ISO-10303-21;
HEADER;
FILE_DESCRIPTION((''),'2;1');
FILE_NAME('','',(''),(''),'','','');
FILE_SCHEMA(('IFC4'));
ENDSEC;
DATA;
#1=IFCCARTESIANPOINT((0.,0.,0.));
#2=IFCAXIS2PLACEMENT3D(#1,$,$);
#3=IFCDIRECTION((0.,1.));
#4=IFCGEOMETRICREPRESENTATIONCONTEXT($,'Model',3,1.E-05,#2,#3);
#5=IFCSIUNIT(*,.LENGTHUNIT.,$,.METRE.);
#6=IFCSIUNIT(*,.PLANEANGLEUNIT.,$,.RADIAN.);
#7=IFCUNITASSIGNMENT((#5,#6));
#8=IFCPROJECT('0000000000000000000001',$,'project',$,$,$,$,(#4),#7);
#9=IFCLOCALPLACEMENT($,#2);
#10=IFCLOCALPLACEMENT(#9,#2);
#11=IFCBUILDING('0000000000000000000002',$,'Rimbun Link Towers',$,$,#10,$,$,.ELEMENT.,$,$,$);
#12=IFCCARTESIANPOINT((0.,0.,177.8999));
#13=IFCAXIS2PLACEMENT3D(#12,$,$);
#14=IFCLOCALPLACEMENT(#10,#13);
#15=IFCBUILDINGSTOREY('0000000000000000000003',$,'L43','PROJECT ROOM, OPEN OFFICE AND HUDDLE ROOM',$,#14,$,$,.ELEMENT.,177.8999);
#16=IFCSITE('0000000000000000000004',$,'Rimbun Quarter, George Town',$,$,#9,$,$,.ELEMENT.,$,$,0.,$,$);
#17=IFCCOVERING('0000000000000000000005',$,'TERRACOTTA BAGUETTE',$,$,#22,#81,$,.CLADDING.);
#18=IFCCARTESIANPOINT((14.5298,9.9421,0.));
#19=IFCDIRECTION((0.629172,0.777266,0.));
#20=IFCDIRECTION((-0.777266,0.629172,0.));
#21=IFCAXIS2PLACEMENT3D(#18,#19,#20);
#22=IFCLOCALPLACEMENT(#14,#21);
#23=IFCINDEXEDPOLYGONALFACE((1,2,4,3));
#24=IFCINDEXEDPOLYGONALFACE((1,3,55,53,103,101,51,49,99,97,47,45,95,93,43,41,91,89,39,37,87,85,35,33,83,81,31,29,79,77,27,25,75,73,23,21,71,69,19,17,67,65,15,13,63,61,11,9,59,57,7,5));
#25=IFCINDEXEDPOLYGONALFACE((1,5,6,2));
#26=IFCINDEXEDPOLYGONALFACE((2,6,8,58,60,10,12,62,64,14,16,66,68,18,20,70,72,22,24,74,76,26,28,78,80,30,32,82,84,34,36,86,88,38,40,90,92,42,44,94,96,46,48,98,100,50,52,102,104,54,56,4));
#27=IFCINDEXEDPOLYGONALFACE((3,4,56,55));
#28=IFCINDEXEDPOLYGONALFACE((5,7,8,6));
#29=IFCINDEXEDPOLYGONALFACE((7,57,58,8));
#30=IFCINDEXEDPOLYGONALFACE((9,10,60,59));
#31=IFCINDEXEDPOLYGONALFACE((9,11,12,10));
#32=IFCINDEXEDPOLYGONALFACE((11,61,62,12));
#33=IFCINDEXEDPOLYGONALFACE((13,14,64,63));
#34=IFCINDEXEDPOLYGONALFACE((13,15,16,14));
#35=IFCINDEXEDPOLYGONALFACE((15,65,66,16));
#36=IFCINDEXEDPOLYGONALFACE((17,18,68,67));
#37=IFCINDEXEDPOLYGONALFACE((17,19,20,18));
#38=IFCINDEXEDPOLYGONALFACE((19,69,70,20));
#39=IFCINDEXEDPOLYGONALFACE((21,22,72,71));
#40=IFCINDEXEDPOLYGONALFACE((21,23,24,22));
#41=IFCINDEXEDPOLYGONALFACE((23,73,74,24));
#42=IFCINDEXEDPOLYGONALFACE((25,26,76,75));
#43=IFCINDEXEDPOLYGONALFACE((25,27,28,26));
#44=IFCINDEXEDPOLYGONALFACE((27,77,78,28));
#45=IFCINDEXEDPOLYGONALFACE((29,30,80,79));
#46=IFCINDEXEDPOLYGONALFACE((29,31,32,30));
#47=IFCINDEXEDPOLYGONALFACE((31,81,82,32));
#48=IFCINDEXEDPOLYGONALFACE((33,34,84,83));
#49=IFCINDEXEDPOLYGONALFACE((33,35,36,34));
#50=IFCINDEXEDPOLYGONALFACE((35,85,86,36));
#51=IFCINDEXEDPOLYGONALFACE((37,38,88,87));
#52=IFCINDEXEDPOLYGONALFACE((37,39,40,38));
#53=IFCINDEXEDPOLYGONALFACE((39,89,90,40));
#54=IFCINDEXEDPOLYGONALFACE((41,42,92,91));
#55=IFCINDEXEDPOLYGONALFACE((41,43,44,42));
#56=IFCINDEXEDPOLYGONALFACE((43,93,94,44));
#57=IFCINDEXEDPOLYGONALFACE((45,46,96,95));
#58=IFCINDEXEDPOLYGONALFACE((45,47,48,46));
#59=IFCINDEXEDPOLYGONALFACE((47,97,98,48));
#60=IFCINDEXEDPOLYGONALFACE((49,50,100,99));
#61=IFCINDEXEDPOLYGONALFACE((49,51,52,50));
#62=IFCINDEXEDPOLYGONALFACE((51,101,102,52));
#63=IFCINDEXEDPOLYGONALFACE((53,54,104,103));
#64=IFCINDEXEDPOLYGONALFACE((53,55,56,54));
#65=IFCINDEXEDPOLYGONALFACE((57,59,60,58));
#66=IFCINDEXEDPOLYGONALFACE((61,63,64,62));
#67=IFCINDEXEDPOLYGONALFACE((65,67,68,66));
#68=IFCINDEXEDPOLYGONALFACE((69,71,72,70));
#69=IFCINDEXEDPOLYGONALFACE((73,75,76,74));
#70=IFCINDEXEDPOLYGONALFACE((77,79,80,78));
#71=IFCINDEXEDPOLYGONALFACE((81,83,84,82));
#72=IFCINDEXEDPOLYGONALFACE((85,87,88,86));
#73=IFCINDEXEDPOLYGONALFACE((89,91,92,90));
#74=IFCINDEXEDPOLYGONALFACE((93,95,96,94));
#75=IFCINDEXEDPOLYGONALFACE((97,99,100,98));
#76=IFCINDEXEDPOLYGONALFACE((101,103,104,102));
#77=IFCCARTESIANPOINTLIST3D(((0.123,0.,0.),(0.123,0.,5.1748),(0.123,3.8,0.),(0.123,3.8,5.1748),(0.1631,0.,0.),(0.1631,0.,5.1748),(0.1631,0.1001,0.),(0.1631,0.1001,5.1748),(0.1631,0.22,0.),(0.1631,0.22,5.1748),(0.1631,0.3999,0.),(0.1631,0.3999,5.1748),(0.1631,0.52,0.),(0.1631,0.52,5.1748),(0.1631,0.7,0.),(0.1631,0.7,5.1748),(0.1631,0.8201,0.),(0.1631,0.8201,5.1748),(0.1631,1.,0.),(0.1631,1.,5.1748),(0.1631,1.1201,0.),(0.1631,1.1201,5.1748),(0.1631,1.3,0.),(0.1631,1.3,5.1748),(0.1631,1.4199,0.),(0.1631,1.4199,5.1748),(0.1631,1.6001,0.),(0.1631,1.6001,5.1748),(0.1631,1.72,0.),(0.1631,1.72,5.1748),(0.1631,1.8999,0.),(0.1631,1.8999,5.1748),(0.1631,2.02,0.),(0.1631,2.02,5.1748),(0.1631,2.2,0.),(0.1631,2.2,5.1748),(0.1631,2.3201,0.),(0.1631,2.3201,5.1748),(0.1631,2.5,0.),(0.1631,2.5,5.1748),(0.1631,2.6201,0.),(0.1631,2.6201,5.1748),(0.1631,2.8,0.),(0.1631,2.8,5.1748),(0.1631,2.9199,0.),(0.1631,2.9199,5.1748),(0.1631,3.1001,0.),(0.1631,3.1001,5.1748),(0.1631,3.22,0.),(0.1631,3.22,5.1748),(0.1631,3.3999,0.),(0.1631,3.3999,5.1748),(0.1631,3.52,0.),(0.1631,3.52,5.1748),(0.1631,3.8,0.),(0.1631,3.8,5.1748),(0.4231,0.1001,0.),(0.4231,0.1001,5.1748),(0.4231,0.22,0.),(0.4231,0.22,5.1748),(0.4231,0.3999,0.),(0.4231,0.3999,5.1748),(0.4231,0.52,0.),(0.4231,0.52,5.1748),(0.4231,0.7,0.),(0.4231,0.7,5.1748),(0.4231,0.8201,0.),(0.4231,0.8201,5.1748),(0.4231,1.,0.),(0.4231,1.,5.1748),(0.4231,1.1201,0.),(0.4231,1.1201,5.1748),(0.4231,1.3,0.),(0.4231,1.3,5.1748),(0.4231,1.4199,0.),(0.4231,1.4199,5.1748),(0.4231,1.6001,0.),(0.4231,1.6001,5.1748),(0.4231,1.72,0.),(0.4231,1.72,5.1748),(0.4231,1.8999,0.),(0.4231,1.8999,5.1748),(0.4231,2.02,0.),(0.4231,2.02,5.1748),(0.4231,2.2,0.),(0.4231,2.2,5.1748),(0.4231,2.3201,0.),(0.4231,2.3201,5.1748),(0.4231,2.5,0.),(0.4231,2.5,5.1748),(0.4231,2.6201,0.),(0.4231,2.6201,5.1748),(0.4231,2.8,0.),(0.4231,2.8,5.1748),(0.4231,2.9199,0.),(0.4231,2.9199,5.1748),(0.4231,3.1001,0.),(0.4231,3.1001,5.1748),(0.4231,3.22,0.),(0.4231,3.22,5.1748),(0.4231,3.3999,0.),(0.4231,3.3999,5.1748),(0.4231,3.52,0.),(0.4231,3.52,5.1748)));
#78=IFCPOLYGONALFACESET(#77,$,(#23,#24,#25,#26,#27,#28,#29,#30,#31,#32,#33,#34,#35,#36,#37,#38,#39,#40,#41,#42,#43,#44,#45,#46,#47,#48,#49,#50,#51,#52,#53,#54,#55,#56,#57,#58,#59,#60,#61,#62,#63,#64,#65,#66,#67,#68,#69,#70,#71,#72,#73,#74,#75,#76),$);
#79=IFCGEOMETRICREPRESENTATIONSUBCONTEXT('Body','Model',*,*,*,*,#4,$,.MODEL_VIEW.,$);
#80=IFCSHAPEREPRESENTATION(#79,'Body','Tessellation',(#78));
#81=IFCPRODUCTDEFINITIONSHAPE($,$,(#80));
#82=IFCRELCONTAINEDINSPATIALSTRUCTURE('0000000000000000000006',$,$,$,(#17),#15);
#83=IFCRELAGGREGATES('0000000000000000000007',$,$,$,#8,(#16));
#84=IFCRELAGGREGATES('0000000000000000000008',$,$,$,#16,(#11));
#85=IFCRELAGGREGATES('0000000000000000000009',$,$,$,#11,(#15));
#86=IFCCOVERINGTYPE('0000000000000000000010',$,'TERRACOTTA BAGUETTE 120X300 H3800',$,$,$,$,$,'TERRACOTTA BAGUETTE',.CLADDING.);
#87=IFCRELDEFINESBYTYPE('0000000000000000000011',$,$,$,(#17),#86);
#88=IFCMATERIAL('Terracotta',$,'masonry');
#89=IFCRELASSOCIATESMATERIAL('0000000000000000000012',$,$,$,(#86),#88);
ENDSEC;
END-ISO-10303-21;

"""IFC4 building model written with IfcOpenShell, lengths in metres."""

from ifc_helpers import new_model, si_unit, direction, frame, origin, place, context, subcontext, project, spatial, polyline, outline, extrude, material, material_profile, profile_set, type_object, element, save


model = new_model("IFC4")

# Units and contexts
model_context = context("Model", 3, precision=1e-05, world=origin(), true_north=direction((0.0, 1.0)))
body_context = subcontext(model_context, "Body", "Model", "MODEL_VIEW")
ifc_project = project(units=[si_unit("LENGTHUNIT", "METRE"), si_unit("PLANEANGLEUNIT", "RADIAN")], contexts=[model_context])

# Site, building, storey
site_placement = place(None, origin())
site = spatial("IfcSite", under=ifc_project, at=site_placement, Name="Rimbun Quarter, George Town", CompositionType="ELEMENT", RefElevation=0.0)
building_placement = place(site_placement, origin())
building = spatial("IfcBuilding", under=site, at=building_placement, Name="Rimbun Link Towers", CompositionType="ELEMENT")
storey_placement = place(building_placement, frame((0.0, 0.0, 177.8999)))
storey = spatial("IfcBuildingStorey", under=building, at=storey_placement, Name="L43", Description="PROJECT ROOM, OPEN OFFICE AND HUDDLE ROOM", CompositionType="ELEMENT", Elevation=177.8999)

# Covering
ifc_material_1 = material(Name="Terracotta", Category="masonry")
ifc_material_profile_1 = material_profile(ifc_material_1, outline(polyline([(0.123, 0.0), (0.1631, 0.0), (0.1631, 0.1001), (0.4231, 0.1001), (0.4231, 0.22), (0.1631, 0.22), (0.1631, 0.3999), (0.4231, 0.3999), (0.4231, 0.52), (0.1631, 0.52), (0.1631, 0.7), (0.4231, 0.7), (0.4231, 0.8201), (0.1631, 0.8201), (0.1631, 1.0), (0.4231, 1.0), (0.4231, 1.1201), (0.1631, 1.1201), (0.1631, 1.3), (0.4231, 1.3), (0.4231, 1.4199), (0.1631, 1.4199), (0.1631, 1.6001), (0.4231, 1.6001), (0.4231, 1.72), (0.1631, 1.72), (0.1631, 1.8999), (0.4231, 1.8999), (0.4231, 2.02), (0.1631, 2.02), (0.1631, 2.2), (0.4231, 2.2), (0.4231, 2.3201), (0.1631, 2.3201), (0.1631, 2.5), (0.4231, 2.5), (0.4231, 2.6201), (0.1631, 2.6201), (0.1631, 2.8), (0.4231, 2.8), (0.4231, 2.9199), (0.1631, 2.9199), (0.1631, 3.1001), (0.4231, 3.1001), (0.4231, 3.22), (0.1631, 3.22), (0.1631, 3.3999), (0.4231, 3.3999), (0.4231, 3.52), (0.1631, 3.52), (0.1631, 3.8), (0.123, 3.8), (0.123, 0.0)])), Name="BAGUETTE 120X300")
ifc_profile_set_1 = profile_set([ifc_material_profile_1], Name="Terracotta")
covering_type = type_object("IfcCoveringType", Name="TERRACOTTA BAGUETTE 120X300 H3800", ElementType="TERRACOTTA BAGUETTE", PredefinedType="CLADDING", material=ifc_profile_set_1)
for number, where, z_axis, x_axis, name in (
    (1, (14.5298, 9.9421, 0.0), (0.629172, 0.777266, 0.0), (-0.777266, 0.629172, 0.0), "TERRACOTTA BAGUETTE"),
):
    element("IfcCovering", number, at=place(storey_placement, frame(where, z_axis=z_axis, x_axis=x_axis)), inside=storey, type_object=covering_type, Name=name, PredefinedType="CLADDING", context=body_context, shape_type="SweptSolid", body=[
        extrude(outline(polyline([(0.123, 0.0), (0.1631, 0.0), (0.1631, 0.1001), (0.4231, 0.1001), (0.4231, 0.22), (0.1631, 0.22), (0.1631, 0.3999), (0.4231, 0.3999), (0.4231, 0.52), (0.1631, 0.52), (0.1631, 0.7), (0.4231, 0.7), (0.4231, 0.8201), (0.1631, 0.8201), (0.1631, 1.0), (0.4231, 1.0), (0.4231, 1.1201), (0.1631, 1.1201), (0.1631, 1.3), (0.4231, 1.3), (0.4231, 1.4199), (0.1631, 1.4199), (0.1631, 1.6001), (0.4231, 1.6001), (0.4231, 1.72), (0.1631, 1.72), (0.1631, 1.8999), (0.4231, 1.8999), (0.4231, 2.02), (0.1631, 2.02), (0.1631, 2.2), (0.4231, 2.2), (0.4231, 2.3201), (0.1631, 2.3201), (0.1631, 2.5), (0.4231, 2.5), (0.4231, 2.6201), (0.1631, 2.6201), (0.1631, 2.8), (0.4231, 2.8), (0.4231, 2.9199), (0.1631, 2.9199), (0.1631, 3.1001), (0.4231, 3.1001), (0.4231, 3.22), (0.1631, 3.22), (0.1631, 3.3999), (0.4231, 3.3999), (0.4231, 3.52), (0.1631, 3.52), (0.1631, 3.8), (0.123, 3.8), (0.123, 0.0)])), origin(), (0.0, 0.0, 1.0), 5.1748),
    ])

save(model, "model.ifc")
